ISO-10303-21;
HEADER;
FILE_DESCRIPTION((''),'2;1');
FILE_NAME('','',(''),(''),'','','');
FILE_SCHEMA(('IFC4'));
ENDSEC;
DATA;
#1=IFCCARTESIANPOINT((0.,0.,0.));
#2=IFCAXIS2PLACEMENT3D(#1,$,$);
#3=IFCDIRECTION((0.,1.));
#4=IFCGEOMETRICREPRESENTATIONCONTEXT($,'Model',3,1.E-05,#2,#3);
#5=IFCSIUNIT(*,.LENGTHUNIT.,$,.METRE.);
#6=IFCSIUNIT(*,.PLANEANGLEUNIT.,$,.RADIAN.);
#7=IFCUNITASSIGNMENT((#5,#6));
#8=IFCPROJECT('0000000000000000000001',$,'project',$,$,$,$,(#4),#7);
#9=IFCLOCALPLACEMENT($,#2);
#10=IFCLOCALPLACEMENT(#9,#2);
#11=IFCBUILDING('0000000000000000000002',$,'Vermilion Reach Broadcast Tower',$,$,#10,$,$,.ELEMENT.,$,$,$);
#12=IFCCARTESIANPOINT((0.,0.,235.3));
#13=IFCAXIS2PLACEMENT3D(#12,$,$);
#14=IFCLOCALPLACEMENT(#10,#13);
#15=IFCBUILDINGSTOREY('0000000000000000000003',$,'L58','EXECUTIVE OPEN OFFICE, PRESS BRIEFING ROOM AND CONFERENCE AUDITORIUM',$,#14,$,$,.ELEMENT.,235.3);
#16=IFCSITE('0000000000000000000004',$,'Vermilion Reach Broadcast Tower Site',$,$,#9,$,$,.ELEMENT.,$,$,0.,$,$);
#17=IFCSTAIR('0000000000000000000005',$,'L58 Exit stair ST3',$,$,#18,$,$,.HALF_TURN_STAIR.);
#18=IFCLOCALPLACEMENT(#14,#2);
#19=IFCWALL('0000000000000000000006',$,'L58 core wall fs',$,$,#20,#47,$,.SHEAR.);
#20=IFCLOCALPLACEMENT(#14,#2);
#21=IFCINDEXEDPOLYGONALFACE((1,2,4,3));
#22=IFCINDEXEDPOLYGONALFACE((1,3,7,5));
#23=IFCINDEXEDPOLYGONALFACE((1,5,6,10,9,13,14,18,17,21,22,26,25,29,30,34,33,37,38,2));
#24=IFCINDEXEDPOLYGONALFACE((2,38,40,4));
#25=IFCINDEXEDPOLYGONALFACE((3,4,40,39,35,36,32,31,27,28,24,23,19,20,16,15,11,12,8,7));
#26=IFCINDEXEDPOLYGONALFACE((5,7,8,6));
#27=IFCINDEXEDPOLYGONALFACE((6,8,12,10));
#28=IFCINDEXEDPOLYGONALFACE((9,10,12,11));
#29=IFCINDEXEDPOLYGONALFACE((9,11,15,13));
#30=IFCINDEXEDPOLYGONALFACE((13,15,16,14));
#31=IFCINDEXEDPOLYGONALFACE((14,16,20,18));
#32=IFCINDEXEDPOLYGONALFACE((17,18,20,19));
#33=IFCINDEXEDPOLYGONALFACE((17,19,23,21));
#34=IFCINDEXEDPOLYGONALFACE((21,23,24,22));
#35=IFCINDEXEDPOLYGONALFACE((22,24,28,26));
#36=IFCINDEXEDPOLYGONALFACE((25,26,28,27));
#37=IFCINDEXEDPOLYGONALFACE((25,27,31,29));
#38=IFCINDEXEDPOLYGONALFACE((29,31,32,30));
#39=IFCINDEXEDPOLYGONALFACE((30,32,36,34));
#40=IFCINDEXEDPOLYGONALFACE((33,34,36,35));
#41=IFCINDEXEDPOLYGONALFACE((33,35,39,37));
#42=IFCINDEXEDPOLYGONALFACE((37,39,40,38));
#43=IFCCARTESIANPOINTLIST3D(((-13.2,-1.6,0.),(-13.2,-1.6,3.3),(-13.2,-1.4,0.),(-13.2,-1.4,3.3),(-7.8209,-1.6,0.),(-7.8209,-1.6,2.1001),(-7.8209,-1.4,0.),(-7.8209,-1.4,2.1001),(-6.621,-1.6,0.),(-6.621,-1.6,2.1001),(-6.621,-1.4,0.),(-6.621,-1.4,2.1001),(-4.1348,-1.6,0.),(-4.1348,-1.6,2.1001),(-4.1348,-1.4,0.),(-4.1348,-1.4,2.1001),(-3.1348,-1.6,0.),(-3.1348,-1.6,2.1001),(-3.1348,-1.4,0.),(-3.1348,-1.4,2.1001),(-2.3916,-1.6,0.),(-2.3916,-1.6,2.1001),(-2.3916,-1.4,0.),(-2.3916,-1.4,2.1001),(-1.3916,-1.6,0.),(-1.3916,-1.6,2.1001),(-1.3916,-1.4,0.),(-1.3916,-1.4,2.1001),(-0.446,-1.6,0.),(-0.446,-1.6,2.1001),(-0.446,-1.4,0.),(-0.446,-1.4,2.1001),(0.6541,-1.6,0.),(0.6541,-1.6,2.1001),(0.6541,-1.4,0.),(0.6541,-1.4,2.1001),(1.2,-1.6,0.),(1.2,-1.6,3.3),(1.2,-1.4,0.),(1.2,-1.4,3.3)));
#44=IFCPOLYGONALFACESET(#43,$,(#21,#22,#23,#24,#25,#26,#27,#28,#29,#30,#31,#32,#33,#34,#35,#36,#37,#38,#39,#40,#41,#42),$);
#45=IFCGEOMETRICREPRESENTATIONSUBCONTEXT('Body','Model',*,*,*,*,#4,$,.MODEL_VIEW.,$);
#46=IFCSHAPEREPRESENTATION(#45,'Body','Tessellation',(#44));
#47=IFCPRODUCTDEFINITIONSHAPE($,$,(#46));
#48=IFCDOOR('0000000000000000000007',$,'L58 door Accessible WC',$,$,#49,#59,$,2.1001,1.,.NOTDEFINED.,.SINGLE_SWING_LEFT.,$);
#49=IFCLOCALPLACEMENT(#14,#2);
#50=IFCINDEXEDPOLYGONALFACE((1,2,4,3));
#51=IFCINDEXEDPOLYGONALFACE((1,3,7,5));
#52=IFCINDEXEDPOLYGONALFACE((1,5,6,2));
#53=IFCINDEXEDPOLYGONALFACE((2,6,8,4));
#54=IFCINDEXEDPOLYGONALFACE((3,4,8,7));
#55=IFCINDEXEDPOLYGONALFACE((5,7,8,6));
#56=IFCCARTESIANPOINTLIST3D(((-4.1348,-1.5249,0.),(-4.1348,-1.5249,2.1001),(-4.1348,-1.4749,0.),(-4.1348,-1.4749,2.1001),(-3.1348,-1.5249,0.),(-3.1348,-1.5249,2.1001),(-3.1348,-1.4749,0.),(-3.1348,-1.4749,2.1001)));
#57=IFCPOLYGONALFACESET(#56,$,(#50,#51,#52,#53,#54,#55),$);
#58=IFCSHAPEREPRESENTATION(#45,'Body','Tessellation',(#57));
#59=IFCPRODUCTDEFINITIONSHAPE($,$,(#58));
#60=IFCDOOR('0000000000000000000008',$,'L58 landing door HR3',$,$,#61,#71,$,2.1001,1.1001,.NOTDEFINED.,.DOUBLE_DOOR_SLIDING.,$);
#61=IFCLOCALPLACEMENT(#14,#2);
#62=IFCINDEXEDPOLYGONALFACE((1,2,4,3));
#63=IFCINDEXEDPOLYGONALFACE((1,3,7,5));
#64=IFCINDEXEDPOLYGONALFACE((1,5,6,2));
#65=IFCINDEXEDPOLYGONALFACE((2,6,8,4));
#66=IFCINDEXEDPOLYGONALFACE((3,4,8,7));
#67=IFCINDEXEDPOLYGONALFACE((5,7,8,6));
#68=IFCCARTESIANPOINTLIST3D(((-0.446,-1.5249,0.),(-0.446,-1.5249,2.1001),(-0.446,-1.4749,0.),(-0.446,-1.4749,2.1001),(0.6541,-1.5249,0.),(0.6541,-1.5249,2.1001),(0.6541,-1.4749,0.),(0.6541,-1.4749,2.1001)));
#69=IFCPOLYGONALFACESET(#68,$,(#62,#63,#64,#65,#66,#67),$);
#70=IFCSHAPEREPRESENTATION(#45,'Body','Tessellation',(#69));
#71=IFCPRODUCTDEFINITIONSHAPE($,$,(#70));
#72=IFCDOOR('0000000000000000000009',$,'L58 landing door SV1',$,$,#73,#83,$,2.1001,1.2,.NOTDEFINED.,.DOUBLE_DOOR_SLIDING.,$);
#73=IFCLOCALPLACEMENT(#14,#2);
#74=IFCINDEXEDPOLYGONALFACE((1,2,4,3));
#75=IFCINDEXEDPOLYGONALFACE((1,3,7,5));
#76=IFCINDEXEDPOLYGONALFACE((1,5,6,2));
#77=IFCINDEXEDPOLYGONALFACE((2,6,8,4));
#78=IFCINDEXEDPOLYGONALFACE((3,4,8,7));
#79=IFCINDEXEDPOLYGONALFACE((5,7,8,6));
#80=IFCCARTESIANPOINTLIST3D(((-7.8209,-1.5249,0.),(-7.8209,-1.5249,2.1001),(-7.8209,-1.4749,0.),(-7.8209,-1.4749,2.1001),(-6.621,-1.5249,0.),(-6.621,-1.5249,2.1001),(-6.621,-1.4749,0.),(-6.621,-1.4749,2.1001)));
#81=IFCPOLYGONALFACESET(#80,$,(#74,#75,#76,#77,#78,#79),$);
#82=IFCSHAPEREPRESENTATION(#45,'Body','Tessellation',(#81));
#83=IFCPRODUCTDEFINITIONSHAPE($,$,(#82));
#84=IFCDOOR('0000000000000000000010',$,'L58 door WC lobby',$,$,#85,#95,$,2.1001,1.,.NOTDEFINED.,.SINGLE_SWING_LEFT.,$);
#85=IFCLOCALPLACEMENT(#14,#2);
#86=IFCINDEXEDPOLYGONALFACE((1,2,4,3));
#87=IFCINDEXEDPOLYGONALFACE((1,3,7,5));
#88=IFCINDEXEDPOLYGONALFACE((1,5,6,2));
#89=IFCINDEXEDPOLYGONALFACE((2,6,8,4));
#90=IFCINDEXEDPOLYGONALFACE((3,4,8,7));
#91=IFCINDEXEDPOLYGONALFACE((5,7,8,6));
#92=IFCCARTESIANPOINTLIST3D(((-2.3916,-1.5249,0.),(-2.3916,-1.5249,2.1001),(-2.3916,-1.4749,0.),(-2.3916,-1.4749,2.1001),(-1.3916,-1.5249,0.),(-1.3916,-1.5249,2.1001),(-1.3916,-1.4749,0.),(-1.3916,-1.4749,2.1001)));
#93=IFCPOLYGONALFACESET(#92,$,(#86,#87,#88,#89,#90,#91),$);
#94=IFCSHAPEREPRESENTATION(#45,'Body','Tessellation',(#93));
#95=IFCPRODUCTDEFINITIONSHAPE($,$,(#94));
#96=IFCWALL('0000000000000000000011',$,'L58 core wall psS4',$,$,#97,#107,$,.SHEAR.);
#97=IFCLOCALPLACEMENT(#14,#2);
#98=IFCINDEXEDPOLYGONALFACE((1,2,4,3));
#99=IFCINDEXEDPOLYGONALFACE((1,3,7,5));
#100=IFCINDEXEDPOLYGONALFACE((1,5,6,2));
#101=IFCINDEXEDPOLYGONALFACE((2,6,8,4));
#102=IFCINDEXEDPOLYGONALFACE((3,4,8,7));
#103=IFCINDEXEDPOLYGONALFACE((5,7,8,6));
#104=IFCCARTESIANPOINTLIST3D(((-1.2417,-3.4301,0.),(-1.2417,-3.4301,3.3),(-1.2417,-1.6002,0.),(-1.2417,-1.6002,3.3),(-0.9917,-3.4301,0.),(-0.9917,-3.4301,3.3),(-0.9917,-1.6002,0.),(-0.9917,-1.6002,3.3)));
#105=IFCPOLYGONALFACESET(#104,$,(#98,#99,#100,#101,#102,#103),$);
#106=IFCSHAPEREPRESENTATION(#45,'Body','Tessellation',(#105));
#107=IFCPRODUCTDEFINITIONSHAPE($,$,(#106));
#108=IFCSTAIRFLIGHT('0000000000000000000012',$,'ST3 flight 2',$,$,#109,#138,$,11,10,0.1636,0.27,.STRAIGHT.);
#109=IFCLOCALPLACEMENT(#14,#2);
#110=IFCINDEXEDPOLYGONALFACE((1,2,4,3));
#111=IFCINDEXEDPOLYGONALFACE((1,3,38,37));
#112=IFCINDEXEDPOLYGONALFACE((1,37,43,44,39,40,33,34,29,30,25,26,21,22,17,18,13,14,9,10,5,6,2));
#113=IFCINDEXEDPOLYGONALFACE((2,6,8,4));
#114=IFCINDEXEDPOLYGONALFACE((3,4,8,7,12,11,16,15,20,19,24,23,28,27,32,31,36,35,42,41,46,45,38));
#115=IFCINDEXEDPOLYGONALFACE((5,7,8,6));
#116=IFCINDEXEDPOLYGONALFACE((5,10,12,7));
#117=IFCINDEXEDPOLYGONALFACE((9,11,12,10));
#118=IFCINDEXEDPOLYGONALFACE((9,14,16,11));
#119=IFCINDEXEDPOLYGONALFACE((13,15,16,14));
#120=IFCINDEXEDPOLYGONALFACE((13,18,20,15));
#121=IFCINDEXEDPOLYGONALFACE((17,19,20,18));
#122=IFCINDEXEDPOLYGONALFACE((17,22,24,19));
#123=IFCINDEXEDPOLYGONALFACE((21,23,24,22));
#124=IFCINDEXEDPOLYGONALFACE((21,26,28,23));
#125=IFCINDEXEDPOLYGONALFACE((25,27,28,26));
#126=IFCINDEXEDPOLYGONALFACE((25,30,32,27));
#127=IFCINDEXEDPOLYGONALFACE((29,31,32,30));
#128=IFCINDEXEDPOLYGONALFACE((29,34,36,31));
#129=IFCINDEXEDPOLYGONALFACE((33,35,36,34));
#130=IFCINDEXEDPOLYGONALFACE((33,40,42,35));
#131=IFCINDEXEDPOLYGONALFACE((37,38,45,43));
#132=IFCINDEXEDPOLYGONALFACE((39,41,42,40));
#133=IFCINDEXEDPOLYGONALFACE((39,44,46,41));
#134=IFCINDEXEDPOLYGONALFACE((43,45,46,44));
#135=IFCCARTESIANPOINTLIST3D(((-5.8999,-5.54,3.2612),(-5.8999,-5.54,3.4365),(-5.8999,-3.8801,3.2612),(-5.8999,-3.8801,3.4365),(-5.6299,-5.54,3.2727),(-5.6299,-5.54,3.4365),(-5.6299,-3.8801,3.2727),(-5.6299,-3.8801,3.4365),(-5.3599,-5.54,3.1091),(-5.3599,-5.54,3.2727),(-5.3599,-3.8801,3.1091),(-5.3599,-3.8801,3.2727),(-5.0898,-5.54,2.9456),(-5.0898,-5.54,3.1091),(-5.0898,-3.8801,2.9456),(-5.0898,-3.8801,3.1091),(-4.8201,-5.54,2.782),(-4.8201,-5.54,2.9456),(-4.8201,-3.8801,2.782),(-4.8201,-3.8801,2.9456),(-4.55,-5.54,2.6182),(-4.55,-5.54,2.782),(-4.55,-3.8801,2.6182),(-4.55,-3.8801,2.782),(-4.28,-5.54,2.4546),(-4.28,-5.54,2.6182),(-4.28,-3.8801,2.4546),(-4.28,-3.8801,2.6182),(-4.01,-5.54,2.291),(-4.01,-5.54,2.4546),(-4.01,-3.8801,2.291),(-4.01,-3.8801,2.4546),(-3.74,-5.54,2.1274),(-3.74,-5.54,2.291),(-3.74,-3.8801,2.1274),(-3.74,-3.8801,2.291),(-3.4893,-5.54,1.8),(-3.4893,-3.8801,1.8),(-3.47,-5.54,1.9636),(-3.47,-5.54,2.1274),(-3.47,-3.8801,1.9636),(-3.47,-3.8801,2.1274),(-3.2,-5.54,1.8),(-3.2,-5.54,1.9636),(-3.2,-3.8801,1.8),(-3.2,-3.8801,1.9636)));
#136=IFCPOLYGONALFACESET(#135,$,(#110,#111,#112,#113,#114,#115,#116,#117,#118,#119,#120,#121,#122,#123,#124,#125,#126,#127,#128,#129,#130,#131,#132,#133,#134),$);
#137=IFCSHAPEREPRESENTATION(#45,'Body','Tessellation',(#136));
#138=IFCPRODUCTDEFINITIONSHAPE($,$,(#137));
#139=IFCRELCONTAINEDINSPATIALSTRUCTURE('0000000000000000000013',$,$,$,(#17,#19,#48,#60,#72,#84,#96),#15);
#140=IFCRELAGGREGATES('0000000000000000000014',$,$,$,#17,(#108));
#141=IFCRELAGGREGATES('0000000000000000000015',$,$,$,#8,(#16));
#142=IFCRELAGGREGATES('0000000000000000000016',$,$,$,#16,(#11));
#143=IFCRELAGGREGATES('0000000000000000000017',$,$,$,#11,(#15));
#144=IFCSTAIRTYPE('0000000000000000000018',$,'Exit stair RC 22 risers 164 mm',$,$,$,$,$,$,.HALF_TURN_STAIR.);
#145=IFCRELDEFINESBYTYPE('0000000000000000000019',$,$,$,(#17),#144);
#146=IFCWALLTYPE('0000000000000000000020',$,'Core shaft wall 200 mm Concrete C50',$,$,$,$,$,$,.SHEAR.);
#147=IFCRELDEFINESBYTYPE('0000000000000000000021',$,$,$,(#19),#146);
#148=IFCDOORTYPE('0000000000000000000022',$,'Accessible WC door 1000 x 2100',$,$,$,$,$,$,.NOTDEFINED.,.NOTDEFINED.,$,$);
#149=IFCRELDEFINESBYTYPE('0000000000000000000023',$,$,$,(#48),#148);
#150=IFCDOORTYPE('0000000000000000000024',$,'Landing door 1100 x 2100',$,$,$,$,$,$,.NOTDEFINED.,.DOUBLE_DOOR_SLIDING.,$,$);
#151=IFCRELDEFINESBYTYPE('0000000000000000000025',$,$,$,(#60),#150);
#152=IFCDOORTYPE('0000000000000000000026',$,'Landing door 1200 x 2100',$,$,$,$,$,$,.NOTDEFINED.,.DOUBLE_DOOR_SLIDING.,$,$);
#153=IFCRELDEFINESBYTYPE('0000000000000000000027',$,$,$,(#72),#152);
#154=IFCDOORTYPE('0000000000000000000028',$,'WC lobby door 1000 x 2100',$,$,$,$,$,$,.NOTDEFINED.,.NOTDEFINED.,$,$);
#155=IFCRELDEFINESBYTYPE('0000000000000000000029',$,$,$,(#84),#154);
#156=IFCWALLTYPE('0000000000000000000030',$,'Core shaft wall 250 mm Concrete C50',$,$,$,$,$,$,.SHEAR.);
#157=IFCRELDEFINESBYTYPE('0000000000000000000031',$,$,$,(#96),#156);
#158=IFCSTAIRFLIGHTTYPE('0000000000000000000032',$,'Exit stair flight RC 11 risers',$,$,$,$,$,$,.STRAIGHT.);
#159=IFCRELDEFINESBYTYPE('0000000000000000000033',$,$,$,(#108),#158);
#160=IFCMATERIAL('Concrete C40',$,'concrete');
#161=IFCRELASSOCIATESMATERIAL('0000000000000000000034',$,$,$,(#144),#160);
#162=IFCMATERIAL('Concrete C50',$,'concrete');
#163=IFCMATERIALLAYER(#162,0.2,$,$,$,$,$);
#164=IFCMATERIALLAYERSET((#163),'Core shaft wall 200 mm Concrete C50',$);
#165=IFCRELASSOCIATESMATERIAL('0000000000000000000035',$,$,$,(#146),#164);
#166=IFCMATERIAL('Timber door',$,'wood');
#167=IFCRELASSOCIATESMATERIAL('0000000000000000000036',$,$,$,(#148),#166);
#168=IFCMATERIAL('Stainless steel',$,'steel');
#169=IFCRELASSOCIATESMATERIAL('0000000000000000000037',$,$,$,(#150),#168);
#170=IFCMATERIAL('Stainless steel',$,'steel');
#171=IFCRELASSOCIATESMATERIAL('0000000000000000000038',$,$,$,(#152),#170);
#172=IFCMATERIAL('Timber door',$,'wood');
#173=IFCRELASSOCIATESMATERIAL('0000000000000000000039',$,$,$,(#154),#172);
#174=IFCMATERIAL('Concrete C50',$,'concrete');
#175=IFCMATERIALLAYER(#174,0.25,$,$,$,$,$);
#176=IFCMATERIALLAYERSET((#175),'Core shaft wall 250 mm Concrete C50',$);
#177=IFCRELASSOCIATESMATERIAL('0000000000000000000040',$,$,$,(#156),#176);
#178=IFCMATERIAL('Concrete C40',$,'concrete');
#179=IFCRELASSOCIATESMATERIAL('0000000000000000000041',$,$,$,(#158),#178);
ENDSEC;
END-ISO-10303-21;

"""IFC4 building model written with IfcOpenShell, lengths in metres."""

from ifc_helpers import new_model, si_unit, direction, frame, frame_2d, origin, place, context, subcontext, project, spatial, polyline, rectangle, outline, extrude, material, layer, layer_set, type_object, element, fill, aggregate, save


model = new_model("IFC4")

# Units and contexts
model_context = context("Model", 3, precision=1e-05, world=origin(), true_north=direction((0.0, 1.0)))
body_context = subcontext(model_context, "Body", "Model", "MODEL_VIEW")
ifc_project = project(units=[si_unit("LENGTHUNIT", "METRE"), si_unit("PLANEANGLEUNIT", "RADIAN")], contexts=[model_context])

# Site, building, storey
site_placement = place(None, origin())
site = spatial("IfcSite", under=ifc_project, at=site_placement, Name="Vermilion Reach Broadcast Tower Site", CompositionType="ELEMENT", RefElevation=0.0)
building_placement = place(site_placement, origin())
building = spatial("IfcBuilding", under=site, at=building_placement, Name="Vermilion Reach Broadcast Tower", CompositionType="ELEMENT")
storey_placement = place(building_placement, frame((0.0, 0.0, 235.3)))
storey = spatial("IfcBuildingStorey", under=building, at=storey_placement, Name="L58", Description="EXECUTIVE OPEN OFFICE, PRESS BRIEFING ROOM AND CONFERENCE AUDITORIUM", CompositionType="ELEMENT", Elevation=235.3)

# Stair
ifc_material_1 = material(Name="Concrete C40", Category="concrete")
stair_type = type_object("IfcStairType", Name="Exit stair RC 22 risers 164 mm", PredefinedType="HALF_TURN_STAIR", material=ifc_material_1)
placement_1 = place(storey_placement, origin())
stair_1 = element("IfcStair", 1, at=placement_1, inside=storey, type_object=stair_type, Name="L58 Exit stair ST3", PredefinedType="HALF_TURN_STAIR")

# Wall, openings, doors
ifc_material_2 = material(Name="Concrete C50", Category="concrete")
ifc_layer_1 = layer(ifc_material_2, 0.2)
ifc_layer_set_1 = layer_set([ifc_layer_1], Name="Core shaft wall 200 mm Concrete C50")
wall_type_1 = type_object("IfcWallType", Name="Core shaft wall 200 mm Concrete C50", PredefinedType="SHEAR", material=ifc_layer_set_1)
wall_1_placement = place(storey_placement, frame((1.2, -1.5, 0.0), z_axis=(0.0, 0.0, 1.0), x_axis=(-1.0, 0.0, 0.0)))
wall_1 = element("IfcWall", 2, at=wall_1_placement, inside=storey, type_object=wall_type_1, Name="L58 core wall fs", PredefinedType="SHEAR", context=body_context, shape_type="SweptSolid", body=[
    extrude(rectangle(XDim=14.3999, YDim=0.2, at=frame_2d((7.2, 0.0))), origin(), (0.0, 0.0, 1.0), 3.3),
])
opening_1_placement = place(wall_1_placement, frame((7.8208, 0.0, 0.0)))
opening_1 = element("IfcOpeningElement", 3, at=opening_1_placement, cuts=wall_1, PredefinedType="OPENING", context=body_context, shape_type="SweptSolid", body=[
    extrude(rectangle(XDim=1.2, YDim=2.1001, at=frame_2d((0.6001, 1.05))), frame((0.0, 0.1099, 0.0), z_axis=(0.0, -1.0, 0.0), x_axis=(1.0, 0.0, 0.0)), (0.0, 0.0, 1.0), 0.22),
])
opening_2_placement = place(wall_1_placement, frame((0.5459, 0.0, 0.0)))
opening_2 = element("IfcOpeningElement", 4, at=opening_2_placement, cuts=wall_1, PredefinedType="OPENING", context=body_context, shape_type="SweptSolid", body=[
    extrude(rectangle(XDim=1.1001, YDim=2.1001, at=frame_2d((0.55, 1.05))), frame((0.0, 0.1099, 0.0), z_axis=(0.0, -1.0, 0.0), x_axis=(1.0, 0.0, 0.0)), (0.0, 0.0, 1.0), 0.22),
])
opening_3_placement = place(wall_1_placement, frame((4.3347, 0.0, 0.0)))
opening_3 = element("IfcOpeningElement", 5, at=opening_3_placement, cuts=wall_1, PredefinedType="OPENING", context=body_context, shape_type="SweptSolid", body=[
    extrude(rectangle(XDim=1.0, YDim=2.1001, at=frame_2d((0.5, 1.05))), frame((0.0, 0.1099, 0.0), z_axis=(0.0, -1.0, 0.0), x_axis=(1.0, 0.0, 0.0)), (0.0, 0.0, 1.0), 0.22),
])
opening_4_placement = place(wall_1_placement, frame((2.5916, 0.0, 0.0)))
opening_4 = element("IfcOpeningElement", 6, at=opening_4_placement, cuts=wall_1, PredefinedType="OPENING", context=body_context, shape_type="SweptSolid", body=[
    extrude(rectangle(XDim=1.0, YDim=2.1001, at=frame_2d((0.5, 1.05))), frame((0.0, 0.1099, 0.0), z_axis=(0.0, -1.0, 0.0), x_axis=(1.0, 0.0, 0.0)), (0.0, 0.0, 1.0), 0.22),
])
ifc_material_3 = material(Name="Timber door", Category="wood")
door_type_1 = type_object("IfcDoorType", Name="Accessible WC door 1000 x 2100", OperationType="NOTDEFINED", PredefinedType="NOTDEFINED", material=ifc_material_3)
door_1_placement = place(opening_3_placement, origin())
door_1 = element("IfcDoor", 7, at=door_1_placement, inside=storey, type_object=door_type_1, Name="L58 door Accessible WC", OperationType="SINGLE_SWING_LEFT", OverallHeight=2.1001, OverallWidth=1.0, PredefinedType="NOTDEFINED", context=body_context, shape_type="SweptSolid", body=[
    extrude(rectangle(XDim=1.0, YDim=2.1001, at=frame_2d((0.5, 1.05))), frame((0.0, 0.0249, 0.0), z_axis=(0.0, -1.0, 0.0), x_axis=(1.0, 0.0, 0.0)), (0.0, 0.0, 1.0), 0.05),
])
fill(opening_3, door_1)
ifc_material_4 = material(Name="Stainless steel", Category="steel")
door_type_2 = type_object("IfcDoorType", Name="Landing door 1100 x 2100", OperationType="DOUBLE_DOOR_SLIDING", PredefinedType="NOTDEFINED", material=ifc_material_4)
door_2_placement = place(opening_2_placement, origin())
door_2 = element("IfcDoor", 8, at=door_2_placement, inside=storey, type_object=door_type_2, Name="L58 landing door HR3", OperationType="DOUBLE_DOOR_SLIDING", OverallHeight=2.1001, OverallWidth=1.1001, PredefinedType="NOTDEFINED", context=body_context, shape_type="SweptSolid", body=[
    extrude(rectangle(XDim=1.1001, YDim=2.1001, at=frame_2d((0.55, 1.05))), frame((0.0, 0.0249, 0.0), z_axis=(0.0, -1.0, 0.0), x_axis=(1.0, 0.0, 0.0)), (0.0, 0.0, 1.0), 0.05),
])
fill(opening_2, door_2)
ifc_material_5 = material(Name="Stainless steel", Category="steel")
door_type_3 = type_object("IfcDoorType", Name="Landing door 1200 x 2100", OperationType="DOUBLE_DOOR_SLIDING", PredefinedType="NOTDEFINED", material=ifc_material_5)
door_3_placement = place(opening_1_placement, origin())
door_3 = element("IfcDoor", 9, at=door_3_placement, inside=storey, type_object=door_type_3, Name="L58 landing door SV1", OperationType="DOUBLE_DOOR_SLIDING", OverallHeight=2.1001, OverallWidth=1.2, PredefinedType="NOTDEFINED", context=body_context, shape_type="SweptSolid", body=[
    extrude(rectangle(XDim=1.2, YDim=2.1001, at=frame_2d((0.6001, 1.05))), frame((0.0, 0.0249, 0.0), z_axis=(0.0, -1.0, 0.0), x_axis=(1.0, 0.0, 0.0)), (0.0, 0.0, 1.0), 0.05),
])
fill(opening_1, door_3)
ifc_material_6 = material(Name="Timber door", Category="wood")
door_type_4 = type_object("IfcDoorType", Name="WC lobby door 1000 x 2100", OperationType="NOTDEFINED", PredefinedType="NOTDEFINED", material=ifc_material_6)
door_4_placement = place(opening_4_placement, origin())
door_4 = element("IfcDoor", 10, at=door_4_placement, inside=storey, type_object=door_type_4, Name="L58 door WC lobby", OperationType="SINGLE_SWING_LEFT", OverallHeight=2.1001, OverallWidth=1.0, PredefinedType="NOTDEFINED", context=body_context, shape_type="SweptSolid", body=[
    extrude(rectangle(XDim=1.0, YDim=2.1001, at=frame_2d((0.5, 1.05))), frame((0.0, 0.0249, 0.0), z_axis=(0.0, -1.0, 0.0), x_axis=(1.0, 0.0, 0.0)), (0.0, 0.0, 1.0), 0.05),
])
fill(opening_4, door_4)

# Wall
ifc_material_7 = material(Name="Concrete C50", Category="concrete")
ifc_layer_2 = layer(ifc_material_7, 0.25)
ifc_layer_set_2 = layer_set([ifc_layer_2], Name="Core shaft wall 250 mm Concrete C50")
wall_type_2 = type_object("IfcWallType", Name="Core shaft wall 250 mm Concrete C50", PredefinedType="SHEAR", material=ifc_layer_set_2)
wall_2_placement = place(storey_placement, frame((-1.1167, -1.6001, 0.0), z_axis=(0.0, 0.0, 1.0), x_axis=(0.0, -1.0, 0.0)))
element("IfcWall", 11, at=wall_2_placement, inside=storey, type_object=wall_type_2, Name="L58 core wall psS4", PredefinedType="SHEAR", context=body_context, shape_type="SweptSolid", body=[
    extrude(rectangle(XDim=1.8298, YDim=0.25, at=frame_2d((0.915, 0.0))), origin(), (0.0, 0.0, 1.0), 3.3),
])

# Stair flight
ifc_material_8 = material(Name="Concrete C40", Category="concrete")
stair_flight_type = type_object("IfcStairFlightType", Name="Exit stair flight RC 11 risers", PredefinedType="STRAIGHT", material=ifc_material_8)
stair_flight_placement = place(storey_placement, frame((-3.2, -4.71, 1.8), z_axis=(0.0, 0.0, 1.0), x_axis=(-1.0, 0.0, 0.0)))
stair_flight = element("IfcStairFlight", 12, at=stair_flight_placement, type_object=stair_flight_type, Name="ST3 flight 2", NumberOfRisers=11, NumberOfTreads=10, PredefinedType="STRAIGHT", RiserHeight=0.1636, TreadLength=0.27, context=body_context, shape_type="SweptSolid", body=[
    extrude(outline(polyline([(0.0, 0.0), (0.0, 0.1636), (0.27, 0.1636), (0.27, 0.3274), (0.54, 0.3274), (0.54, 0.491), (0.8101, 0.491), (0.8101, 0.6545), (1.0801, 0.6545), (1.0801, 0.8181), (1.3501, 0.8181), (1.3501, 0.9819), (1.6201, 0.9819), (1.6201, 1.1455), (1.8899, 1.1455), (1.8899, 1.3091), (2.1599, 1.3091), (2.1599, 1.4727), (2.4299, 1.4727), (2.4299, 1.6365), (2.7, 1.6365), (2.7, 1.8), (2.7, 1.4612), (0.2893, 0.0), (0.0, 0.0)])), frame((0.0, 0.8301, 0.0), z_axis=(0.0, -1.0, 0.0), x_axis=(1.0, 0.0, 0.0)), (0.0, 0.0, 1.0), 1.6599),
])
aggregate(stair_1, [stair_flight])

save(model, "model.ifc")
